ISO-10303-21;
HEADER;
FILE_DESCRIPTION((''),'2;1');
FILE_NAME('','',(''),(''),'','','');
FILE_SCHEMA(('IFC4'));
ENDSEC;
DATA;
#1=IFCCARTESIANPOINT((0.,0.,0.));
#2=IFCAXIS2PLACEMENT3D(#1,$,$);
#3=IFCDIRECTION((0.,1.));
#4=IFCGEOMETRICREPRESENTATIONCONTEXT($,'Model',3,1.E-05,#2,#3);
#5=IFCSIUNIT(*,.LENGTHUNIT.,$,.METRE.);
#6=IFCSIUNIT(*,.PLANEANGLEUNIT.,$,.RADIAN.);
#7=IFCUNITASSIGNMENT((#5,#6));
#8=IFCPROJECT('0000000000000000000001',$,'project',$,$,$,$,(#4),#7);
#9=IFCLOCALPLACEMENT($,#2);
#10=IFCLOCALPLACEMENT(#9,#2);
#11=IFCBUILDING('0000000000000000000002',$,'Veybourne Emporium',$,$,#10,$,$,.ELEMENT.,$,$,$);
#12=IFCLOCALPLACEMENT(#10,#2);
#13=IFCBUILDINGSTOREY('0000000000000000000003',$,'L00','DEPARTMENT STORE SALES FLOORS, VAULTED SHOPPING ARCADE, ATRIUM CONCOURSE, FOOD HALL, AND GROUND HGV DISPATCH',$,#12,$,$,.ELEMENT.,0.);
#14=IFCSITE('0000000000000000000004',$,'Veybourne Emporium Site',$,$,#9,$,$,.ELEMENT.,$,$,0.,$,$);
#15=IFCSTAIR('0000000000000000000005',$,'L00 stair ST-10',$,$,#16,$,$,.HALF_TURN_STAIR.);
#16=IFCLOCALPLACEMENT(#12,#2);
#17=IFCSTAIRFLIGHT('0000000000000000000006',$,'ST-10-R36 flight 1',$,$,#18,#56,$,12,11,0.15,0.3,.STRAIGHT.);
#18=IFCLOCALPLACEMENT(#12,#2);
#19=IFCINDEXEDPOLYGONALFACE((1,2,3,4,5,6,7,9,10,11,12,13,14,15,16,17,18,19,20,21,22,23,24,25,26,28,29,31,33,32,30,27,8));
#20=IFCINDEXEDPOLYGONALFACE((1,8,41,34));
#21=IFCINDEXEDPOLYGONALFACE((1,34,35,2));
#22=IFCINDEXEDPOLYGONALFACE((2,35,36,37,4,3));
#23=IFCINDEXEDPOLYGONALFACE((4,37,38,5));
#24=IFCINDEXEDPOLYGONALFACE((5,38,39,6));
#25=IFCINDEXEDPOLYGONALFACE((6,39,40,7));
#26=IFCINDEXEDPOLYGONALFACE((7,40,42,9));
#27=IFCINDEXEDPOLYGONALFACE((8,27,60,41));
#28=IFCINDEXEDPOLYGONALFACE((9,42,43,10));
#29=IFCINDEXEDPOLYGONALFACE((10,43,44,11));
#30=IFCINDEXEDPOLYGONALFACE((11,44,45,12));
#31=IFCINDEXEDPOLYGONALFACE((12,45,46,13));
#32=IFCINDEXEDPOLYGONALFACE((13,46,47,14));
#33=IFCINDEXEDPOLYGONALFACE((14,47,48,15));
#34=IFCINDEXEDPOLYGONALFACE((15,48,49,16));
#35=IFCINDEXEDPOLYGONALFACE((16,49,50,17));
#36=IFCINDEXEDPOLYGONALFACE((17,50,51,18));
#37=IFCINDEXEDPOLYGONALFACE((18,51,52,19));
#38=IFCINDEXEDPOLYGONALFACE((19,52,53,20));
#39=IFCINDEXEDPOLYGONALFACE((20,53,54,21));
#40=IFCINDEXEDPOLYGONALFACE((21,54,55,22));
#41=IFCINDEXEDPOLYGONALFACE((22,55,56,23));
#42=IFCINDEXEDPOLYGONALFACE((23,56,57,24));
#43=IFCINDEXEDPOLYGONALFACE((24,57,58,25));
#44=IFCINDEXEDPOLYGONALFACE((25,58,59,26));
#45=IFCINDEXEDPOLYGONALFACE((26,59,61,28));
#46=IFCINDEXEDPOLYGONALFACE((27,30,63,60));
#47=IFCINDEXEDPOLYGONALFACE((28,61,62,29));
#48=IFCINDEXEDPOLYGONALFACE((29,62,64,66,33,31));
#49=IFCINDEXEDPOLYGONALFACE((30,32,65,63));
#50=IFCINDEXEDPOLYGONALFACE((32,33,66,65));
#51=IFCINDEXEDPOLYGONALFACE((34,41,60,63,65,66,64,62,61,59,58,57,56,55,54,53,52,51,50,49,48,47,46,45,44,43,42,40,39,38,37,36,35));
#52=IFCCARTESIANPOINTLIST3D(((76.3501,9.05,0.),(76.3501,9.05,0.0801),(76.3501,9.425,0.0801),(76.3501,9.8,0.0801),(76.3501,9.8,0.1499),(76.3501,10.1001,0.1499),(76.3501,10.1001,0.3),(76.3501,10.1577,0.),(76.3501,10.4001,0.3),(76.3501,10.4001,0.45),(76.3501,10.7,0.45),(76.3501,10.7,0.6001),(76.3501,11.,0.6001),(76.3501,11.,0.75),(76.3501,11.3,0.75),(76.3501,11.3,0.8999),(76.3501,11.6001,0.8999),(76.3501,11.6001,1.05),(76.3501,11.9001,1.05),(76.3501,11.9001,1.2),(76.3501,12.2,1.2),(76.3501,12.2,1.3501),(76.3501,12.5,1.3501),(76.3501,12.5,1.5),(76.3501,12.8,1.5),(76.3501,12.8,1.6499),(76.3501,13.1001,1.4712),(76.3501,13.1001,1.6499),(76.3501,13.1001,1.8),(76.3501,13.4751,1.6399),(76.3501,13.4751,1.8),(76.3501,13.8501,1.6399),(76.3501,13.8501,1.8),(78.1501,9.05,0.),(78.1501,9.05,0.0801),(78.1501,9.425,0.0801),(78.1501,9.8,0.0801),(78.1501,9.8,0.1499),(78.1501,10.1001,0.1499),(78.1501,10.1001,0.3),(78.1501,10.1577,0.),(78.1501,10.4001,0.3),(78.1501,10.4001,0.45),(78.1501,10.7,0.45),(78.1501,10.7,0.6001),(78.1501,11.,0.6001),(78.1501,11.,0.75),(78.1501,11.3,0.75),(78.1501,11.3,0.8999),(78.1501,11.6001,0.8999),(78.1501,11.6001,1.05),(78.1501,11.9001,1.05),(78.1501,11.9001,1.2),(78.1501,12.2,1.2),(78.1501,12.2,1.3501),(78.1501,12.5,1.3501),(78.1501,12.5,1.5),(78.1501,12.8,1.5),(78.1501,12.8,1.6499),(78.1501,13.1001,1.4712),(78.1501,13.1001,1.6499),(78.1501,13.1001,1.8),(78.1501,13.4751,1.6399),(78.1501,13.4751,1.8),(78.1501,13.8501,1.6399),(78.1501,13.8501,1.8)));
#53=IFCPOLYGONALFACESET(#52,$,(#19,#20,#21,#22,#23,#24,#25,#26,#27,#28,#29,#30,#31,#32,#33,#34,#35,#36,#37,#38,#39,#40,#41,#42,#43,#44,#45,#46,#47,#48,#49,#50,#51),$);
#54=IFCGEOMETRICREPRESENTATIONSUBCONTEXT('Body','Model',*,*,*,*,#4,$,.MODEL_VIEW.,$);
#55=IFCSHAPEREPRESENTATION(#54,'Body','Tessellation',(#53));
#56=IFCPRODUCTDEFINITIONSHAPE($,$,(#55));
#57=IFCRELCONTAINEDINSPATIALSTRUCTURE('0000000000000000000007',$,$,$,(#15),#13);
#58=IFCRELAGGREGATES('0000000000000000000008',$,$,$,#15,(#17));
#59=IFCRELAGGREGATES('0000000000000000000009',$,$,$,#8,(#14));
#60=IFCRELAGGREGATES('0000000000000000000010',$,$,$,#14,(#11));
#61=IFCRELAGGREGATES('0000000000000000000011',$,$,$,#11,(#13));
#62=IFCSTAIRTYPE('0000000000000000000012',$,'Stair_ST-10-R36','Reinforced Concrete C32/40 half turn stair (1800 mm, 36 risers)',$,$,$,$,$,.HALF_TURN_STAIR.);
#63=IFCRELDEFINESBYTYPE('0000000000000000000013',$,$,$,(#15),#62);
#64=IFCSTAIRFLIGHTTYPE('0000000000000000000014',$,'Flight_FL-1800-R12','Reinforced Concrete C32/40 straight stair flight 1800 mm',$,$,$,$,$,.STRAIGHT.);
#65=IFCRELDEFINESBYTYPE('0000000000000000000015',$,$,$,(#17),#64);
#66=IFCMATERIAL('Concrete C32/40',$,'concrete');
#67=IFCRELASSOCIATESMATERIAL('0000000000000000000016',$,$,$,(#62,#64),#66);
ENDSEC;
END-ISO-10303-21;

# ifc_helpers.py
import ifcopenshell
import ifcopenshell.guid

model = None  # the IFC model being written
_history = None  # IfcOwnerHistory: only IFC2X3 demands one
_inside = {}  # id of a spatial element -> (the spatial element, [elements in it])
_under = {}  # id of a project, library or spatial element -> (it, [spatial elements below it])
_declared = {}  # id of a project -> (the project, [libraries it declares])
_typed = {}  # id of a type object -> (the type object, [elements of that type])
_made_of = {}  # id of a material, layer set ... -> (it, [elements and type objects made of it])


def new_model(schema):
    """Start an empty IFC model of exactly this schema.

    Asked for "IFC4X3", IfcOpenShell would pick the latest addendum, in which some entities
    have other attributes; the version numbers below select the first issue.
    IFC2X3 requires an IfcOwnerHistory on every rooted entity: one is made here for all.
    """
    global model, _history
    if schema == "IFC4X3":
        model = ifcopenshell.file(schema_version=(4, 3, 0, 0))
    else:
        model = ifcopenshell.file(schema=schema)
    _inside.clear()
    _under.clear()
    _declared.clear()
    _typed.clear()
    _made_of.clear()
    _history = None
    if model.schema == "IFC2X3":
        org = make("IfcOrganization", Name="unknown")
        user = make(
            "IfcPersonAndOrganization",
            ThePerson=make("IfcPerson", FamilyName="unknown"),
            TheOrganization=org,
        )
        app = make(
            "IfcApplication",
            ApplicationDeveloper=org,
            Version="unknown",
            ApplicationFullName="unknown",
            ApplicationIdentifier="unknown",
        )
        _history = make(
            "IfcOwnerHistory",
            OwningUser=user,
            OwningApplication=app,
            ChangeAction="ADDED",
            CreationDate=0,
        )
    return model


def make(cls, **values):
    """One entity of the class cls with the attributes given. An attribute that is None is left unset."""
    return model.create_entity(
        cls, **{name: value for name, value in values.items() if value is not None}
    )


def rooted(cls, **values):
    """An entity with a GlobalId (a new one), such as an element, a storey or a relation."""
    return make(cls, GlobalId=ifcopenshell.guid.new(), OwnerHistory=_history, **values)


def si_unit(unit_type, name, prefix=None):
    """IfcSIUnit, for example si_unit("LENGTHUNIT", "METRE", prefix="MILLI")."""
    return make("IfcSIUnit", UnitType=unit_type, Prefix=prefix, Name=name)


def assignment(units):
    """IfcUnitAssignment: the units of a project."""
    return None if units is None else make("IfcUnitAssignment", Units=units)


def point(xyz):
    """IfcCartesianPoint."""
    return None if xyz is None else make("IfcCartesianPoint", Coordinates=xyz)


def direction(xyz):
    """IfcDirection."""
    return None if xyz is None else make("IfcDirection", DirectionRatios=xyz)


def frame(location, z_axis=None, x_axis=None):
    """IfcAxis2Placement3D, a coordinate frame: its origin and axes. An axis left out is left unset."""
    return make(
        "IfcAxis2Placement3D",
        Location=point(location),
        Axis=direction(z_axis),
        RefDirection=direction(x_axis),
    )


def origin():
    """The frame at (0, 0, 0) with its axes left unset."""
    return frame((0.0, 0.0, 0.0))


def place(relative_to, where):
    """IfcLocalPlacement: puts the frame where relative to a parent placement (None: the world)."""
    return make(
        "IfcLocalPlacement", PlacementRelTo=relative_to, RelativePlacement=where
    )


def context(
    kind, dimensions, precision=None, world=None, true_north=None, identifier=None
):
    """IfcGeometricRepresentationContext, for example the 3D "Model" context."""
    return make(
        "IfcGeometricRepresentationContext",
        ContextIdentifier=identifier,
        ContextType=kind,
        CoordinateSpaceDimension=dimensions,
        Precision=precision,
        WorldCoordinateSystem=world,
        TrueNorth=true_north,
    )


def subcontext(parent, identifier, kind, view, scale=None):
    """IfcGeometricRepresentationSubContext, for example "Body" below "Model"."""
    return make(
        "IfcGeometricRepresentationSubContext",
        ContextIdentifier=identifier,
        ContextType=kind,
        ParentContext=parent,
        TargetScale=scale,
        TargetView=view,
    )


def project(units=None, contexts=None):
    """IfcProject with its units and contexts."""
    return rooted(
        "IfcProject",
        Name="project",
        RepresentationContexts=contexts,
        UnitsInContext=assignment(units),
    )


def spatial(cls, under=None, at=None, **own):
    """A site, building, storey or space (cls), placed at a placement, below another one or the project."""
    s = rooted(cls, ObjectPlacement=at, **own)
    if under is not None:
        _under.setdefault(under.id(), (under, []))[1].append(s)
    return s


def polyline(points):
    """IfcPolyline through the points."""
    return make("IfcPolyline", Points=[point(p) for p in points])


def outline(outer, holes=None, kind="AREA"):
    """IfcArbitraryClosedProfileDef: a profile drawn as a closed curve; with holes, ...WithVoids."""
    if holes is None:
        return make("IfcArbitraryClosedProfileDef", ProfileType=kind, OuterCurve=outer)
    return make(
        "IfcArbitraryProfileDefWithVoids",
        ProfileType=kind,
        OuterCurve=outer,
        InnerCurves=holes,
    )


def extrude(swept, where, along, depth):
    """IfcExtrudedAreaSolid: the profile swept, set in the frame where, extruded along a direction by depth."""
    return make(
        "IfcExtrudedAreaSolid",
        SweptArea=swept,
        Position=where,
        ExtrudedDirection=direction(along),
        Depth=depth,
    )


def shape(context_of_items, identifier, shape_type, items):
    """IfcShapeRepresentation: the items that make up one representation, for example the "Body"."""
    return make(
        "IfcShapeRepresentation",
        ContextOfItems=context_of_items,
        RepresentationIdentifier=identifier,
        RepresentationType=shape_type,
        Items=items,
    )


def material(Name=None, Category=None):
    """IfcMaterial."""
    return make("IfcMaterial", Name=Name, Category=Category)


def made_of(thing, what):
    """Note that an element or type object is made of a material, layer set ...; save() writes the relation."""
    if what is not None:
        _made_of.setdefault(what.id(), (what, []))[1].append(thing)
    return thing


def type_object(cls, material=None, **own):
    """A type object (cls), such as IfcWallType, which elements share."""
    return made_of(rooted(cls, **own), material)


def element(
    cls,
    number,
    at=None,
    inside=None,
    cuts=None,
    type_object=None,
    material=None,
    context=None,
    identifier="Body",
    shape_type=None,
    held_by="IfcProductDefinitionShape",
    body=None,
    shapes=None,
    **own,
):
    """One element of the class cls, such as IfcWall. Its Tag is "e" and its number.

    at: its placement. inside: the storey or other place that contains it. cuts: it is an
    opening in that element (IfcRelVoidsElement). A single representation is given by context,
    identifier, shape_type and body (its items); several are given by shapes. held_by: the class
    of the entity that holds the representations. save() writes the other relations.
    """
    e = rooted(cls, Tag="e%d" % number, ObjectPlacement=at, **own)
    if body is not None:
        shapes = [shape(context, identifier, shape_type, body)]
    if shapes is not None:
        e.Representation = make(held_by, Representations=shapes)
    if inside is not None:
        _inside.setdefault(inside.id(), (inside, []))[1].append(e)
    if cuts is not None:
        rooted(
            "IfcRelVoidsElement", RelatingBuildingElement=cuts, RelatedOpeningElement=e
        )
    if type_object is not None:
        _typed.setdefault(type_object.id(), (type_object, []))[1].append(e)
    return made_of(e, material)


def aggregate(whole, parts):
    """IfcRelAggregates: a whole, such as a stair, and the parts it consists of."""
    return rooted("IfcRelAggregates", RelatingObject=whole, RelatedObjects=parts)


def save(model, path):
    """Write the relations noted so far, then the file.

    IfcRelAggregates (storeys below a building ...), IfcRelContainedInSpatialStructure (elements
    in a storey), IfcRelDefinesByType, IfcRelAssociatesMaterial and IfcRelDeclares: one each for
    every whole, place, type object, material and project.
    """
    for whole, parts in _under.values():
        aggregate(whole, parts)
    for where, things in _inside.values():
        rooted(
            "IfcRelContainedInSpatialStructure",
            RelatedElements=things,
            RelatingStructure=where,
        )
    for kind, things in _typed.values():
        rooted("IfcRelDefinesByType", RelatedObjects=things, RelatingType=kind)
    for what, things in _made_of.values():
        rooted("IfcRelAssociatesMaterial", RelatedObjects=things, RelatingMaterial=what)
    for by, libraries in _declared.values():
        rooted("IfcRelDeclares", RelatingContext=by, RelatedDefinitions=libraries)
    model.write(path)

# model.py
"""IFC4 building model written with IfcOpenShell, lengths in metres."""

from ifc_helpers import new_model, si_unit, direction, frame, origin, place, context, subcontext, project, spatial, polyline, outline, extrude, material, type_object, element, aggregate, save


model = new_model("IFC4")

# Units and contexts
model_context = context("Model", 3, precision=1e-05, world=origin(), true_north=direction((0.0, 1.0)))
body_context = subcontext(model_context, "Body", "Model", "MODEL_VIEW")
ifc_project = project(units=[si_unit("LENGTHUNIT", "METRE"), si_unit("PLANEANGLEUNIT", "RADIAN")], contexts=[model_context])

# Site, building, storey
site_placement = place(None, origin())
site = spatial("IfcSite", under=ifc_project, at=site_placement, Name="Veybourne Emporium Site", CompositionType="ELEMENT", RefElevation=0.0)
building_placement = place(site_placement, origin())
building = spatial("IfcBuilding", under=site, at=building_placement, Name="Veybourne Emporium", CompositionType="ELEMENT")
storey_placement = place(building_placement, origin())
storey = spatial("IfcBuildingStorey", under=building, at=storey_placement, Name="L00", Description="DEPARTMENT STORE SALES FLOORS, VAULTED SHOPPING ARCADE, ATRIUM CONCOURSE, FOOD HALL, AND GROUND HGV DISPATCH", CompositionType="ELEMENT", Elevation=0.0)

# Shared definitions
ifc_material_1 = material(Name="Concrete C32/40", Category="concrete")

# Stair, stair flight
stair_type = type_object("IfcStairType", Name="Stair_ST-10-R36", Description="Reinforced Concrete C32/40 half turn stair (1800 mm, 36 risers)", PredefinedType="HALF_TURN_STAIR", material=ifc_material_1)
stair_placement = place(storey_placement, origin())
stair = element("IfcStair", 1, at=stair_placement, inside=storey, type_object=stair_type, Name="L00 stair ST-10", PredefinedType="HALF_TURN_STAIR")
stair_flight_type = type_object("IfcStairFlightType", Name="Flight_FL-1800-R12", Description="Reinforced Concrete C32/40 straight stair flight 1800 mm", PredefinedType="STRAIGHT", material=ifc_material_1)
stair_flight_placement = place(storey_placement, frame((77.25, 9.8, 0.0), z_axis=(0.0, 0.0, 1.0), x_axis=(0.0, 1.0, 0.0)))
stair_flight = element("IfcStairFlight", 2, at=stair_flight_placement, type_object=stair_flight_type, Name="ST-10-R36 flight 1", NumberOfRisers=12, NumberOfTreads=11, PredefinedType="STRAIGHT", RiserHeight=0.15, TreadLength=0.3, context=body_context, shape_type="SweptSolid", body=[
    extrude(outline(polyline([(-0.75, 0.0), (-0.75, 0.0801), (-0.375, 0.0801), (0.0, 0.0801), (0.0, 0.1499), (0.3, 0.1499), (0.3, 0.3), (0.6001, 0.3), (0.6001, 0.45), (0.8999, 0.45), (0.8999, 0.6001), (1.2, 0.6001), (1.2, 0.75), (1.5, 0.75), (1.5, 0.8999), (1.8, 0.8999), (1.8, 1.05), (2.1001, 1.05), (2.1001, 1.2), (2.3999, 1.2), (2.3999, 1.3501), (2.7, 1.3501), (2.7, 1.5), (3.0, 1.5), (3.0, 1.6499), (3.3, 1.6499), (3.3, 1.8), (3.675, 1.8), (4.05, 1.8), (4.05, 1.6399), (3.675, 1.6399), (3.3, 1.4712), (0.3577, 0.0), (-0.75, 0.0)])), frame((0.0, 0.8999, 0.0), z_axis=(0.0, -1.0, 0.0), x_axis=(1.0, 0.0, 0.0)), (0.0, 0.0, 1.0), 1.8),
])
aggregate(stair, [stair_flight])

save(model, "model.ifc")
